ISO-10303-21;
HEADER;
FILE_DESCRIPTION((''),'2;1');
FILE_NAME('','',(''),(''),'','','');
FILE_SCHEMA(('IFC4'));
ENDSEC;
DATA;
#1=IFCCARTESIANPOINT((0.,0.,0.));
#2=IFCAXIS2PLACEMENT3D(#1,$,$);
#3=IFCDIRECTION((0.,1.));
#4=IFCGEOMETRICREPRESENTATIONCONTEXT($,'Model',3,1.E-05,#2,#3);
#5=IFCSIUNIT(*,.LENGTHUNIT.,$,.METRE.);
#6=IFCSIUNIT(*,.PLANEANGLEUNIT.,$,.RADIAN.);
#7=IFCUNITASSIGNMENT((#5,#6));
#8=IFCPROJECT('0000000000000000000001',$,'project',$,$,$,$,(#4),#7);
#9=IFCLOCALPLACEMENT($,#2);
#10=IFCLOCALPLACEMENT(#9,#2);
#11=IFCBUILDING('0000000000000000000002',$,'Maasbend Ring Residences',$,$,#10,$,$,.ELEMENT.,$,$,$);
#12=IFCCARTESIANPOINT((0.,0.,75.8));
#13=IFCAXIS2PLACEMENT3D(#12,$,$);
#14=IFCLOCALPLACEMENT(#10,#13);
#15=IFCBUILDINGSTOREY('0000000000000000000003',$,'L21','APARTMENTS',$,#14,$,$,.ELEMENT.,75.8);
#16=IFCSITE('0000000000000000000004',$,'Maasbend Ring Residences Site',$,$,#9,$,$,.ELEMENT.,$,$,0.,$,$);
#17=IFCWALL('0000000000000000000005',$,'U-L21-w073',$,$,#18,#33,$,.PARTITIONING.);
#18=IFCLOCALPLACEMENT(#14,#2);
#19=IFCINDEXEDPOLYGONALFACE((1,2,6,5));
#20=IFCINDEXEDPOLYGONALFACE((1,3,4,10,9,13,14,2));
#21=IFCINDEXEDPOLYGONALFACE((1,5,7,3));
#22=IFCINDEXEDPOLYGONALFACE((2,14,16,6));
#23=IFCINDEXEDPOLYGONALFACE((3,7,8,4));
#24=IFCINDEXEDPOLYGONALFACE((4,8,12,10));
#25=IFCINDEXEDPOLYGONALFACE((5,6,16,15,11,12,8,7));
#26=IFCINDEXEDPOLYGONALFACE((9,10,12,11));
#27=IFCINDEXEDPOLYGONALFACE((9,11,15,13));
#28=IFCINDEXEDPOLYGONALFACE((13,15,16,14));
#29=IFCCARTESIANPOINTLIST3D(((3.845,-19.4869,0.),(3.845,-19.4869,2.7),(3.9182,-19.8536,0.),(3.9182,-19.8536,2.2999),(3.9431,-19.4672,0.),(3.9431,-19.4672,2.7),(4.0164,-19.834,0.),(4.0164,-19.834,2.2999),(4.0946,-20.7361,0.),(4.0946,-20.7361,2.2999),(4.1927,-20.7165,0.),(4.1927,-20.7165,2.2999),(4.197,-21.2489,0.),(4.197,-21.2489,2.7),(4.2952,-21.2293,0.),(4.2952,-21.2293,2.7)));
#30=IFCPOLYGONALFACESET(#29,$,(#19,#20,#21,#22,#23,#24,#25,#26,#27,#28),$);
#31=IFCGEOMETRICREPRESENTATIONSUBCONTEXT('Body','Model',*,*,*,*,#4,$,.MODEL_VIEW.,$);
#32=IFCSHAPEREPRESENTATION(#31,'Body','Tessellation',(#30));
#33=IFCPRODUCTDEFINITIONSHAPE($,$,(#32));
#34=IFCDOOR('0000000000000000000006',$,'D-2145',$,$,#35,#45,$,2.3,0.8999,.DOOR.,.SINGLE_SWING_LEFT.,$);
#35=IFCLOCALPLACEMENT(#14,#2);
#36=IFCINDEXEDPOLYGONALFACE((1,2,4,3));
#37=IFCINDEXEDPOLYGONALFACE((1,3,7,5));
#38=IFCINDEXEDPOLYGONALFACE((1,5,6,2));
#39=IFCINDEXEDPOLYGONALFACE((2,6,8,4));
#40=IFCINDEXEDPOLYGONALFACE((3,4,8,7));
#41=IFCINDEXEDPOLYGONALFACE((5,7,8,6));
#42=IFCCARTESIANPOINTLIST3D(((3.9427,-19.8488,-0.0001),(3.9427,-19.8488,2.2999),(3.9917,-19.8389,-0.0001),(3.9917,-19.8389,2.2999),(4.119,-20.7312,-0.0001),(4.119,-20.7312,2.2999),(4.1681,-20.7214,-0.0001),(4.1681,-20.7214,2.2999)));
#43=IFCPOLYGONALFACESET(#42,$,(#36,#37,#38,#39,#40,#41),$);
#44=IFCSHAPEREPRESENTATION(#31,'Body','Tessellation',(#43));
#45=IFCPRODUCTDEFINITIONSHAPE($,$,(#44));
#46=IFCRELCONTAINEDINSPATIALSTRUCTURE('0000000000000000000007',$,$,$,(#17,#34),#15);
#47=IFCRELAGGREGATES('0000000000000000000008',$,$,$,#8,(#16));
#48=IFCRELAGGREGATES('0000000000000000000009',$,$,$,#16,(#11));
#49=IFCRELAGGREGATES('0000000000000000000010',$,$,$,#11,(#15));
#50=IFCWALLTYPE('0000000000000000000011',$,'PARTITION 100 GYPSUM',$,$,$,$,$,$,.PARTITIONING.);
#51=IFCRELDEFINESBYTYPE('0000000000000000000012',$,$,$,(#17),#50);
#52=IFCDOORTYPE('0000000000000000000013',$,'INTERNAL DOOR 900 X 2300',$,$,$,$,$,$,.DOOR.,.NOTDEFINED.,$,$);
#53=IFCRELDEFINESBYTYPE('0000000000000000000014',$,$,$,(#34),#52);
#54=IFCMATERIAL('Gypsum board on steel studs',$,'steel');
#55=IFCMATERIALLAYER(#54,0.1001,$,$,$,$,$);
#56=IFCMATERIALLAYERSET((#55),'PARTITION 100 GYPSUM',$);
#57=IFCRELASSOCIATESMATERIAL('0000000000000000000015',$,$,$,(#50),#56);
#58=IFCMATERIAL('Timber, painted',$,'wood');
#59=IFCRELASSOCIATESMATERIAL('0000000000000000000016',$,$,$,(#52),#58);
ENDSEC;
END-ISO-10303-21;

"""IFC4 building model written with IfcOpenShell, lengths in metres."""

from ifc_helpers import new_model, si_unit, direction, frame, frame_2d, origin, place, context, subcontext, project, spatial, rectangle, extrude, material, layer, layer_set, type_object, element, fill, save


model = new_model("IFC4")

# Units and contexts
model_context = context("Model", 3, precision=1e-05, world=origin(), true_north=direction((0.0, 1.0)))
body_context = subcontext(model_context, "Body", "Model", "MODEL_VIEW")
ifc_project = project(units=[si_unit("LENGTHUNIT", "METRE"), si_unit("PLANEANGLEUNIT", "RADIAN")], contexts=[model_context])

# Site, building, storey
site_placement = place(None, origin())
site = spatial("IfcSite", under=ifc_project, at=site_placement, Name="Maasbend Ring Residences Site", CompositionType="ELEMENT", RefElevation=0.0)
building_placement = place(site_placement, origin())
building = spatial("IfcBuilding", under=site, at=building_placement, Name="Maasbend Ring Residences", CompositionType="ELEMENT")
storey_placement = place(building_placement, frame((0.0, 0.0, 75.8)))
storey = spatial("IfcBuildingStorey", under=building, at=storey_placement, Name="L21", Description="APARTMENTS", CompositionType="ELEMENT", Elevation=75.8)

# Shared definitions
ifc_material_1 = material(Name="Gypsum board on steel studs", Category="steel")
ifc_layer_1 = layer(ifc_material_1, 0.1001)
ifc_layer_set_1 = layer_set([ifc_layer_1], Name="PARTITION 100 GYPSUM")
wall_type_1 = type_object("IfcWallType", Name="PARTITION 100 GYPSUM", PredefinedType="PARTITIONING", material=ifc_layer_set_1)

# Wall, opening, door
ifc_material_2 = material(Name="Timber, painted", Category="wood")
door_type_1 = type_object("IfcDoorType", Name="INTERNAL DOOR 900 X 2300", OperationType="NOTDEFINED", PredefinedType="DOOR", material=ifc_material_2)
wall_1_placement = place(storey_placement, frame((3.894, -19.4771, 0.0), z_axis=(0.0, 0.0, 1.0), x_axis=(0.195933, -0.980617, 0.0)))
wall_1 = element("IfcWall", 1, at=wall_1_placement, inside=storey, type_object=wall_type_1, Name="U-L21-w073", PredefinedType="PARTITIONING", context=body_context, shape_type="SweptSolid", body=[
    extrude(rectangle(XDim=1.7969, YDim=0.1001, at=frame_2d((0.8984, 0.0))), origin(), (0.0, 0.0, 1.0), 2.7),
])
opening_1_placement = place(wall_1_placement, frame((0.374, 0.0, 0.0)))
opening_1 = element("IfcOpeningElement", 2, at=opening_1_placement, cuts=wall_1, PredefinedType="OPENING", context=body_context, shape_type="SweptSolid", body=[
    extrude(rectangle(XDim=0.8999, YDim=2.3, at=frame_2d((0.45, 1.1499))), frame((0.0, 0.0601, 0.0), z_axis=(0.0, -1.0, 0.0), x_axis=(1.0, 0.0, 0.0)), (0.0, 0.0, 1.0), 0.1201),
])
door_1_placement = place(opening_1_placement, origin())
door_1 = element("IfcDoor", 3, at=door_1_placement, inside=storey, type_object=door_type_1, Name="D-2145", OperationType="SINGLE_SWING_LEFT", OverallHeight=2.3, OverallWidth=0.8999, PredefinedType="DOOR", context=body_context, shape_type="SweptSolid", body=[
    extrude(rectangle(XDim=0.8999, YDim=2.3, at=frame_2d((0.45, 1.1499))), frame((0.0, 0.0249, 0.0), z_axis=(0.0, -1.0, 0.0), x_axis=(1.0, 0.0, 0.0)), (0.0, 0.0, 1.0), 0.05),
])
fill(opening_1, door_1)

save(model, "model.ifc")
